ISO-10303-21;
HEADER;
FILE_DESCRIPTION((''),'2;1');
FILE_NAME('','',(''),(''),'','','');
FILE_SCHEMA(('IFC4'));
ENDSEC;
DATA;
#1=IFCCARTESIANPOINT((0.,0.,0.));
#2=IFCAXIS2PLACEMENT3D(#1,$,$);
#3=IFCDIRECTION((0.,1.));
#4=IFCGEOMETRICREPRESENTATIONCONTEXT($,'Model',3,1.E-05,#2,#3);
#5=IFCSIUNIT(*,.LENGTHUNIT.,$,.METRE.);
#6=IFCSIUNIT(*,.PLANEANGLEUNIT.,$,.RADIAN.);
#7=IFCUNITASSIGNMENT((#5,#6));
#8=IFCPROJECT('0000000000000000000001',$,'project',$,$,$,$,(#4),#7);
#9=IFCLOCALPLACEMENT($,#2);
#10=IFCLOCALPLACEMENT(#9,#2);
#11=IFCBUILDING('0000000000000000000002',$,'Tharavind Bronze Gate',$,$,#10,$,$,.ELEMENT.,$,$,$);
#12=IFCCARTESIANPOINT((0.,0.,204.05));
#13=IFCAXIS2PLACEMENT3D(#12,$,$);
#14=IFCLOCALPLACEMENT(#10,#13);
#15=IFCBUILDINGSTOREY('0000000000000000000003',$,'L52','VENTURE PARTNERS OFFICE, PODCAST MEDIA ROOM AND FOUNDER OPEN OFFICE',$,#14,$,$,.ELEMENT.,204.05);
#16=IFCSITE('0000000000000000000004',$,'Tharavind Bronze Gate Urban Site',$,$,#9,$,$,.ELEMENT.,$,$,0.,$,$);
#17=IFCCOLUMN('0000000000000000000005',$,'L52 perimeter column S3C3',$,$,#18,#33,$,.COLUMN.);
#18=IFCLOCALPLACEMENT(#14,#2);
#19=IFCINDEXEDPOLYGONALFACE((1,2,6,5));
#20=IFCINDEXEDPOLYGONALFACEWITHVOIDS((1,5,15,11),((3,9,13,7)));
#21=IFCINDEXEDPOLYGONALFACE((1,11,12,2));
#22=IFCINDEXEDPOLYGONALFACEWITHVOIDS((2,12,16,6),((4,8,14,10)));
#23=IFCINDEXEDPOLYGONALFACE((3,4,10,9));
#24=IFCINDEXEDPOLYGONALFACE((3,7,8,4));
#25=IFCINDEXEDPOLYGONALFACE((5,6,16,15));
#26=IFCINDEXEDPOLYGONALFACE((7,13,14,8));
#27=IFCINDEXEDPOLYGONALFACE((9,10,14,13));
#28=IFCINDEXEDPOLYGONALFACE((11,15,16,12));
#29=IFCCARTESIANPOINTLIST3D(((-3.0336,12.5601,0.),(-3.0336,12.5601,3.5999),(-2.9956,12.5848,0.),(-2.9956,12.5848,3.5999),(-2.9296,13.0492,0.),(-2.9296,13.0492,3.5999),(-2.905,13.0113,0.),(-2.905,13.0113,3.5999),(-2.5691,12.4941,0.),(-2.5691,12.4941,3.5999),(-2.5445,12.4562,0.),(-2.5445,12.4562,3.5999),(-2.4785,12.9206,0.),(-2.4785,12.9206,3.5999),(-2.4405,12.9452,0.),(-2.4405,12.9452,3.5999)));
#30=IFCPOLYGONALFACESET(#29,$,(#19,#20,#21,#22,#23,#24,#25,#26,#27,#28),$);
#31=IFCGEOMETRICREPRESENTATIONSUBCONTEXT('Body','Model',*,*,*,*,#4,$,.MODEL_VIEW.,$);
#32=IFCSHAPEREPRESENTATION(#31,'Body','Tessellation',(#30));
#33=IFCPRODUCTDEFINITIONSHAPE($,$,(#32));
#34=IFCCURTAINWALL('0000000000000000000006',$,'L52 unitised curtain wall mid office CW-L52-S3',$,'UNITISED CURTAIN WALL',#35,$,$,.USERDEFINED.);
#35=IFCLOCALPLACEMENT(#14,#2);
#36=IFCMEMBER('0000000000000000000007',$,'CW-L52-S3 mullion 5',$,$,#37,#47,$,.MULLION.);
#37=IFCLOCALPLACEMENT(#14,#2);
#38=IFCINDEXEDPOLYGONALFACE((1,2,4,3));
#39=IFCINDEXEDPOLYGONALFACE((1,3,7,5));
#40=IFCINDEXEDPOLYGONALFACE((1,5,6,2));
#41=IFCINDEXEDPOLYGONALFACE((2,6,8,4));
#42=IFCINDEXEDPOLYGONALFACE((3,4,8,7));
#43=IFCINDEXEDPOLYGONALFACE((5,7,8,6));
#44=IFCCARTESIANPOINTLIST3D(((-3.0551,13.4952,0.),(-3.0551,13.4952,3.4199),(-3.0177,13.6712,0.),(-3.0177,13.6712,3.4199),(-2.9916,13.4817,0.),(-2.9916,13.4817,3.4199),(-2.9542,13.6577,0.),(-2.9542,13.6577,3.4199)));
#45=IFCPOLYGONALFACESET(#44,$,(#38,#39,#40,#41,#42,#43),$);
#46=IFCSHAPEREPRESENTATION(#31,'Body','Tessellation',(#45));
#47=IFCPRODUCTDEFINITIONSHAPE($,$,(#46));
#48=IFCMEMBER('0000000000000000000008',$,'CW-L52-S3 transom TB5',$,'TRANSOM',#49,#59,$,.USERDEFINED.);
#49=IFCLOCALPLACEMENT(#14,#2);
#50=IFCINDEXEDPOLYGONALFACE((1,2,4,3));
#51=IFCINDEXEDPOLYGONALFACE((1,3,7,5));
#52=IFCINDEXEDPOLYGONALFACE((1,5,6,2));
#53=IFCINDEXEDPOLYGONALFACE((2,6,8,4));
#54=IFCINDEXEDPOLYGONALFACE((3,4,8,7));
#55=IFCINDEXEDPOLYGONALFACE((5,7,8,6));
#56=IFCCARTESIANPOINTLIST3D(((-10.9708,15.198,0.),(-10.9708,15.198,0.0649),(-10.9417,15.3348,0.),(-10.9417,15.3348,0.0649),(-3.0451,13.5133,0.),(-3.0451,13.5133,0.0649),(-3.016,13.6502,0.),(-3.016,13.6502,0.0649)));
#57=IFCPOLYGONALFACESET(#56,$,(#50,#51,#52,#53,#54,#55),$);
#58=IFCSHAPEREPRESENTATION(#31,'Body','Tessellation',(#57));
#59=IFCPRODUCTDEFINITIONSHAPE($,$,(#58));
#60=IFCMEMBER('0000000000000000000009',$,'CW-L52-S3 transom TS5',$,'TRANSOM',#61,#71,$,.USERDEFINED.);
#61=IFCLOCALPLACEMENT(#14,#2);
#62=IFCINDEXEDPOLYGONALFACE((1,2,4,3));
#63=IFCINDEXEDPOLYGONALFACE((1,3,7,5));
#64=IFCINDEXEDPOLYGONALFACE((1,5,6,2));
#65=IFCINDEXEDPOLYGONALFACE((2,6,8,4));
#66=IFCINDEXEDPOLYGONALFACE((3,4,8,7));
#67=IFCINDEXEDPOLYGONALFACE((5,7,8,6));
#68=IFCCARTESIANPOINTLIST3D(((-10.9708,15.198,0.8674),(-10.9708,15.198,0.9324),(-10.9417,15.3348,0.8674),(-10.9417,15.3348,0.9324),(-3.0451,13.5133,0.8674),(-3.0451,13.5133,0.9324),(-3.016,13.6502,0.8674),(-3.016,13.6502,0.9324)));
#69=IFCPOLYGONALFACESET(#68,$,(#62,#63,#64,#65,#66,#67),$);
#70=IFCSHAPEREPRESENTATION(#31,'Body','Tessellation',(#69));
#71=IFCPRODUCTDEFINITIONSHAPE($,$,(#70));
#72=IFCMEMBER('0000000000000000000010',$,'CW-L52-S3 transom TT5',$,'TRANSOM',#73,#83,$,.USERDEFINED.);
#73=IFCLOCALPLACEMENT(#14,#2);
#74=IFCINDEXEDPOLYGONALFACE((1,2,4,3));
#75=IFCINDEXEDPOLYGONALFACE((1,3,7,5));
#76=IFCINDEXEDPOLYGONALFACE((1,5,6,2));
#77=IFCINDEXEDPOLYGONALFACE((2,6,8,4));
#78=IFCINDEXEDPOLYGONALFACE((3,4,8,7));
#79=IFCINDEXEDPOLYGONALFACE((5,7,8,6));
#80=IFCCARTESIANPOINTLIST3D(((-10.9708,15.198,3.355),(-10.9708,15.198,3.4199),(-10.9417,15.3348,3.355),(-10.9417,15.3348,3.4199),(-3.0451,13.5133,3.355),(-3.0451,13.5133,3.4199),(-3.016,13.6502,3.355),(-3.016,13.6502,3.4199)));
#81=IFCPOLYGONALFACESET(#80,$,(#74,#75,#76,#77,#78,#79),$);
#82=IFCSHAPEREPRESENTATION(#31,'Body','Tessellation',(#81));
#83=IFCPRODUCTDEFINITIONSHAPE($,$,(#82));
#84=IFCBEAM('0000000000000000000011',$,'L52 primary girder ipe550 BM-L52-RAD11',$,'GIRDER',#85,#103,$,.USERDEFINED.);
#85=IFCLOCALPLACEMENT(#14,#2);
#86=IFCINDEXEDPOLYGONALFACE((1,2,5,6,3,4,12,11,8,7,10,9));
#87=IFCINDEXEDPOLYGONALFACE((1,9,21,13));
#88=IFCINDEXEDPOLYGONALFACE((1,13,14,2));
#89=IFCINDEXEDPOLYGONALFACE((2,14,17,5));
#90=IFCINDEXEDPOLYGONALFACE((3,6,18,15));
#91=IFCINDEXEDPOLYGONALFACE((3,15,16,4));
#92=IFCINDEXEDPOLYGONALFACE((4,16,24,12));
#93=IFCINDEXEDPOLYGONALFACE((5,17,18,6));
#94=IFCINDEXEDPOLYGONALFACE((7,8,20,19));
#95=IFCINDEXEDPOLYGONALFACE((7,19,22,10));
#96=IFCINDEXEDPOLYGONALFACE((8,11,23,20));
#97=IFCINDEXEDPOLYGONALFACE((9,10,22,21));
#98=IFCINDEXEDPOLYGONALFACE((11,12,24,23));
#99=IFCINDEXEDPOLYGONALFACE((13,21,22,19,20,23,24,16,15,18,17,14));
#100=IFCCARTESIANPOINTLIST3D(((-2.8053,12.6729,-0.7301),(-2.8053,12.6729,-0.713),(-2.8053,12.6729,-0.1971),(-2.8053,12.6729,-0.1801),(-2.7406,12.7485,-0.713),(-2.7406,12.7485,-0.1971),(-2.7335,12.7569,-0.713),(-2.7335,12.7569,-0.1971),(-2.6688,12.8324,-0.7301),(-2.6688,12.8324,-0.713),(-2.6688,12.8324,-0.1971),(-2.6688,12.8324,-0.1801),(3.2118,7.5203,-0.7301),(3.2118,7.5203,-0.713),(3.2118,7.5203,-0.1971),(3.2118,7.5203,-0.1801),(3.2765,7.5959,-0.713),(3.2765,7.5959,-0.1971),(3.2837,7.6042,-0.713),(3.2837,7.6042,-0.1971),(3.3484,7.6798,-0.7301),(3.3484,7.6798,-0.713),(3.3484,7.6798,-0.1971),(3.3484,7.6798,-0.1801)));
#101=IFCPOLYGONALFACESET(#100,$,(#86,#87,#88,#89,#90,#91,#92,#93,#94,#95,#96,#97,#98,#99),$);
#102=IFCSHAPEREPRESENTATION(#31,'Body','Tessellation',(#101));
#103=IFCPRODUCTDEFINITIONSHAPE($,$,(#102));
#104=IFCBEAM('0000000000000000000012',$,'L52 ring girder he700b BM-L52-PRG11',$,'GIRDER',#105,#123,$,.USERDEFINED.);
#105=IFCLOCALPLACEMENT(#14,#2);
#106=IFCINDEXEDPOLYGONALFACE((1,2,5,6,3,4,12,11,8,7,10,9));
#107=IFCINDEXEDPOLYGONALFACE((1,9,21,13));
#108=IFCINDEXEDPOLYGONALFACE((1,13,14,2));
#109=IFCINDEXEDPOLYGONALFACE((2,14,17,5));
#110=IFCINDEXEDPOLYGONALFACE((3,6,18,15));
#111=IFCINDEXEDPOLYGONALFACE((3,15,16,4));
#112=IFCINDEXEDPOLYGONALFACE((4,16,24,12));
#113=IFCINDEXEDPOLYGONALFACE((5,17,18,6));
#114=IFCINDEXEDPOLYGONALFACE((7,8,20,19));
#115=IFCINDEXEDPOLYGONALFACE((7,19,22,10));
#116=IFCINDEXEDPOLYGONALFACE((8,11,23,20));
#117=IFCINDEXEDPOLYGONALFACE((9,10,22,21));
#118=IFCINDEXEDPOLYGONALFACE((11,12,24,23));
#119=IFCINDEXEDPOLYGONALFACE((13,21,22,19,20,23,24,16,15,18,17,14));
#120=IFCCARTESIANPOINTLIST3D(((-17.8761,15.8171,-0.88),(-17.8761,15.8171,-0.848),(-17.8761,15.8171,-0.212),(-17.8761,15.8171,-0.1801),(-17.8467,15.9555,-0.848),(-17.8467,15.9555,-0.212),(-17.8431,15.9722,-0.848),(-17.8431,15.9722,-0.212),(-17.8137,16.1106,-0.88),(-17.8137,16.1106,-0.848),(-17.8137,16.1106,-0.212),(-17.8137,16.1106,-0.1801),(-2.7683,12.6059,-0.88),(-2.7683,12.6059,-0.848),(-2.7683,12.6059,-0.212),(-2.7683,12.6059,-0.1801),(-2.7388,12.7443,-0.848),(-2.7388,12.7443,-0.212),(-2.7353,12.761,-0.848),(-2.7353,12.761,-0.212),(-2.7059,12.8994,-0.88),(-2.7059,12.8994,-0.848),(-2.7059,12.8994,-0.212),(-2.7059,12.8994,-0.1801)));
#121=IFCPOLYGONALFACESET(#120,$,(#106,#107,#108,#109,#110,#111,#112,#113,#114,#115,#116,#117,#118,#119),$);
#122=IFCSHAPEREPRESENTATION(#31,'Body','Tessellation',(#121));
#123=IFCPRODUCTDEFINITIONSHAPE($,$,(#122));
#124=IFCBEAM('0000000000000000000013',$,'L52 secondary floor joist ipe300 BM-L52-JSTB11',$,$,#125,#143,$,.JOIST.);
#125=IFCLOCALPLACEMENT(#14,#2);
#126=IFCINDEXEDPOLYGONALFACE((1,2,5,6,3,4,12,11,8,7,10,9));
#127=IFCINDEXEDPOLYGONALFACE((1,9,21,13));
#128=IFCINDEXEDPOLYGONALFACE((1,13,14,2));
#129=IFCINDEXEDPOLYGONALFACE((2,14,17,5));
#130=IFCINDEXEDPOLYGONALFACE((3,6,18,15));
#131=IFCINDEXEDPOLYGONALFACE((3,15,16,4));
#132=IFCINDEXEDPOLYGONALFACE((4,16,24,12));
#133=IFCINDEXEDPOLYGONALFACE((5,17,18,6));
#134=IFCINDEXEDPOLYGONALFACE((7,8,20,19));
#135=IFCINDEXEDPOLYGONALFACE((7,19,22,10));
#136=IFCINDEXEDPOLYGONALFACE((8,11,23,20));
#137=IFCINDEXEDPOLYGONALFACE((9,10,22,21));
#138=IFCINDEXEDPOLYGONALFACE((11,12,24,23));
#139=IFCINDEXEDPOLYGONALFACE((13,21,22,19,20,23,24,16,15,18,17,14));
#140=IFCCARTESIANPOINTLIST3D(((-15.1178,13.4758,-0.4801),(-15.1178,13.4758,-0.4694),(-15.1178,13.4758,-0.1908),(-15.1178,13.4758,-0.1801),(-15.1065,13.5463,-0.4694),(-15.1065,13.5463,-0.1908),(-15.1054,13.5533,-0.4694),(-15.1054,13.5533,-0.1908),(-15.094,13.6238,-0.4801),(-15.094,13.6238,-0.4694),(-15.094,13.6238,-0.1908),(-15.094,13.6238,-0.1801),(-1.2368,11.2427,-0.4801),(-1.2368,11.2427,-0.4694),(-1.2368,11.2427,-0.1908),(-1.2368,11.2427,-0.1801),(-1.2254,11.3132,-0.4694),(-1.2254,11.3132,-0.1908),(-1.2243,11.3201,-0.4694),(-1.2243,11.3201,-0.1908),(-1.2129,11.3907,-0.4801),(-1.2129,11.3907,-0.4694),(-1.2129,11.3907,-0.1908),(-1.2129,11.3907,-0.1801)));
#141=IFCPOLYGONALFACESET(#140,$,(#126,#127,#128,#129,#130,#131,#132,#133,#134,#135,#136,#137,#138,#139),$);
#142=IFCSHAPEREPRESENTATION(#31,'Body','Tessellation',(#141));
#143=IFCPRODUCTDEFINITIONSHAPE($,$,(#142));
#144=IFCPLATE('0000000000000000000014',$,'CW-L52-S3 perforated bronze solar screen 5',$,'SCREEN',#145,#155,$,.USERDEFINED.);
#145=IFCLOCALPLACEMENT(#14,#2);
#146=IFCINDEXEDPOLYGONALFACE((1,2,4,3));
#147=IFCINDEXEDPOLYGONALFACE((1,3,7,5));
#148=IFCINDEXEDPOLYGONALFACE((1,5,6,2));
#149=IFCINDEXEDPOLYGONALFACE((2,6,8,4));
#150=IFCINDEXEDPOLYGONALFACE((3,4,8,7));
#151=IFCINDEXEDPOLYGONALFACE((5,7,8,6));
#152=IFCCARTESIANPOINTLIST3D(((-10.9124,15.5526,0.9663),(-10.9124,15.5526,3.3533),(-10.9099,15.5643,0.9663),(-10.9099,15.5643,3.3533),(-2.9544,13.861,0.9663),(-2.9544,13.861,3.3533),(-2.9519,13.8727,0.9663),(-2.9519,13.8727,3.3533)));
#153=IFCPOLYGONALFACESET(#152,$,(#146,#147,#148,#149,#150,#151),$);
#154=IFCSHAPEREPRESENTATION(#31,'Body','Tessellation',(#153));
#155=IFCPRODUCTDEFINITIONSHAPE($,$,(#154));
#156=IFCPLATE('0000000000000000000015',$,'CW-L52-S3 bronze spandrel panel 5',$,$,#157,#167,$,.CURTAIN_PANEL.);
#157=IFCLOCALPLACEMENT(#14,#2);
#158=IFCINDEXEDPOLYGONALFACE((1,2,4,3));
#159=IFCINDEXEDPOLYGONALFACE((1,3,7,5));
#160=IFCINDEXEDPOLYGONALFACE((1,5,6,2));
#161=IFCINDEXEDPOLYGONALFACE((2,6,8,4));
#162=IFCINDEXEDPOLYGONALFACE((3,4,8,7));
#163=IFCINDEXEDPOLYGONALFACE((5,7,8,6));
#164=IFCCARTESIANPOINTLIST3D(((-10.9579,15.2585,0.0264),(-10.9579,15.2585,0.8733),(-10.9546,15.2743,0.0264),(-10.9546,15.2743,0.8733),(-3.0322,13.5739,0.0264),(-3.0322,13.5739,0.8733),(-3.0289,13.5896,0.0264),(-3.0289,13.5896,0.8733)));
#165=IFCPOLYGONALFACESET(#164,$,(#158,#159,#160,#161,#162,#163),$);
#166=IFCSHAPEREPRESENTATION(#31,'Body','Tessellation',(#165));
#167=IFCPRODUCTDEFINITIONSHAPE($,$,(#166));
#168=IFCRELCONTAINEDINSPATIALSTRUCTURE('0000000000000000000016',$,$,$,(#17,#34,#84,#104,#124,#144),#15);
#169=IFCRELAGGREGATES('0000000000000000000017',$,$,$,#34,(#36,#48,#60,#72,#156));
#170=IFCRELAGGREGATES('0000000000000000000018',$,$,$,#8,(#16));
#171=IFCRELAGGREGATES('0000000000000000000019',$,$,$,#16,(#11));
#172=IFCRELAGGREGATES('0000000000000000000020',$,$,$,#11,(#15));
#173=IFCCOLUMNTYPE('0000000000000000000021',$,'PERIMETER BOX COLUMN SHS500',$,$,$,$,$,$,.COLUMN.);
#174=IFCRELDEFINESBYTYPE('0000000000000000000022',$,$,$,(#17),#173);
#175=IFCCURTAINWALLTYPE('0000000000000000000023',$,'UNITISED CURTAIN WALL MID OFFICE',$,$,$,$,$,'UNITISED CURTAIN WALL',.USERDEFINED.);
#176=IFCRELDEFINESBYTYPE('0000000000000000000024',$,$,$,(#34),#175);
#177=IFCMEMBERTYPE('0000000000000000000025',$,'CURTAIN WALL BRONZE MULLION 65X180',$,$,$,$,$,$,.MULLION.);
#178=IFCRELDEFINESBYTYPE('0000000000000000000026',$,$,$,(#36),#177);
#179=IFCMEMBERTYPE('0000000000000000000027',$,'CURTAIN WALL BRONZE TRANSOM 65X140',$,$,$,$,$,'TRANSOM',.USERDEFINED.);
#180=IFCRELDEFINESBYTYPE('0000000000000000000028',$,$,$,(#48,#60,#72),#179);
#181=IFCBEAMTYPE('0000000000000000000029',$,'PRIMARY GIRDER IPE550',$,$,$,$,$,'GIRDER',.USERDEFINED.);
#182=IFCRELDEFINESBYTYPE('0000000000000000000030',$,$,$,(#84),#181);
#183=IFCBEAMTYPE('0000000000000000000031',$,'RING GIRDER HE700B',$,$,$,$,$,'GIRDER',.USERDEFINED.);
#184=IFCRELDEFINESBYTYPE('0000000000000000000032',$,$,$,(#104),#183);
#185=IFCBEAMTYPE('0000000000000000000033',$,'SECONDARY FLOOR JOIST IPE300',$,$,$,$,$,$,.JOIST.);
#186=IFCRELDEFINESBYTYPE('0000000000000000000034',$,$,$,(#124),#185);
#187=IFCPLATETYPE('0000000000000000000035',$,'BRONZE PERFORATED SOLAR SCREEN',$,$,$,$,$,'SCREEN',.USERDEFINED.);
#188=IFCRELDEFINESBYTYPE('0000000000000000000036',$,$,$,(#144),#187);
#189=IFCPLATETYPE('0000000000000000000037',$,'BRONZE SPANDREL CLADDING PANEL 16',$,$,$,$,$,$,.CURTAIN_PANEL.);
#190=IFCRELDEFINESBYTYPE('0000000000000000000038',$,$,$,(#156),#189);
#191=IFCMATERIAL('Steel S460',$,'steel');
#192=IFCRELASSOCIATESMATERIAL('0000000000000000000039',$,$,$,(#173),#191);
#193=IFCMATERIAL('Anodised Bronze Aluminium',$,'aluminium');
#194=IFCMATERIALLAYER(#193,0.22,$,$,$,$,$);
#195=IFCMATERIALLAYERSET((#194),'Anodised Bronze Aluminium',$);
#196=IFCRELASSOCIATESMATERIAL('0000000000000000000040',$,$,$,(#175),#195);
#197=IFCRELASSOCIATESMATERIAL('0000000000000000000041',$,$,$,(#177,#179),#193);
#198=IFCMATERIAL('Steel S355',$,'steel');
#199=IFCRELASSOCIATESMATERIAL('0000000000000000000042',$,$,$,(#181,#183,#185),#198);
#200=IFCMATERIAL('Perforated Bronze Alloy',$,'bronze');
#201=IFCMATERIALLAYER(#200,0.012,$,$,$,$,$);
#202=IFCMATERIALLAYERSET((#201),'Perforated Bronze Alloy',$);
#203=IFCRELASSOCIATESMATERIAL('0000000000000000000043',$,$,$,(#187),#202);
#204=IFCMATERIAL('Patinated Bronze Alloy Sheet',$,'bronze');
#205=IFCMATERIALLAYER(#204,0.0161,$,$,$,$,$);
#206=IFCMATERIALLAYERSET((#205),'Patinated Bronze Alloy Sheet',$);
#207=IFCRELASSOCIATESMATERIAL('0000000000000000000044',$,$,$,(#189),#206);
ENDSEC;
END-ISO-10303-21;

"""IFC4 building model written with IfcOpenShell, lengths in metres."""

from ifc_helpers import new_model, si_unit, direction, frame, origin, origin_2d, place, context, subcontext, project, spatial, rectangle, hollow_rectangle, i_section, extrude, material, layer, layer_set, material_profile, profile_set, type_object, element, aggregate, save


model = new_model("IFC4")

# Units and contexts
model_context = context("Model", 3, precision=1e-05, world=origin(), true_north=direction((0.0, 1.0)))
body_context = subcontext(model_context, "Body", "Model", "MODEL_VIEW")
ifc_project = project(units=[si_unit("LENGTHUNIT", "METRE"), si_unit("PLANEANGLEUNIT", "RADIAN")], contexts=[model_context])

# Site, building, storey
site_placement = place(None, origin())
site = spatial("IfcSite", under=ifc_project, at=site_placement, Name="Tharavind Bronze Gate Urban Site", CompositionType="ELEMENT", RefElevation=0.0)
building_placement = place(site_placement, origin())
building = spatial("IfcBuilding", under=site, at=building_placement, Name="Tharavind Bronze Gate", CompositionType="ELEMENT")
storey_placement = place(building_placement, frame((0.0, 0.0, 204.05)))
storey = spatial("IfcBuildingStorey", under=building, at=storey_placement, Name="L52", Description="VENTURE PARTNERS OFFICE, PODCAST MEDIA ROOM AND FOUNDER OPEN OFFICE", CompositionType="ELEMENT", Elevation=204.05)

# Column
ifc_material_1 = material(Name="Steel S460", Category="steel")
ifc_material_profile_1 = material_profile(ifc_material_1, hollow_rectangle(XDim=0.5, YDim=0.5, WallThickness=0.032, at=origin_2d()), Name="SHS500X32")
ifc_profile_set_1 = profile_set([ifc_material_profile_1], Name="Steel S460")
column_type = type_object("IfcColumnType", Name="PERIMETER BOX COLUMN SHS500", PredefinedType="COLUMN", material=ifc_profile_set_1)
column_placement = place(storey_placement, frame((-2.7371, 12.7527, 0.0), z_axis=(0.0, 0.0, 1.0), x_axis=(-0.978148, 0.207912, 0.0)))
element("IfcColumn", 1, at=column_placement, inside=storey, type_object=column_type, Name="L52 perimeter column S3C3", PredefinedType="COLUMN", context=body_context, shape_type="SweptSolid", body=[
    extrude(hollow_rectangle(XDim=0.5, YDim=0.5, WallThickness=0.032, at=origin_2d()), origin(), (0.0, 0.0, 1.0), 3.5999),
])

# Curtain wall, members
ifc_material_2 = material(Name="Anodised Bronze Aluminium", Category="aluminium")
ifc_layer_1 = layer(ifc_material_2, 0.22)
ifc_layer_set_1 = layer_set([ifc_layer_1], Name="Anodised Bronze Aluminium")
curtain_wall_type = type_object("IfcCurtainWallType", Name="UNITISED CURTAIN WALL MID OFFICE", ElementType="UNITISED CURTAIN WALL", PredefinedType="USERDEFINED", material=ifc_layer_set_1)
curtain_wall_placement = place(storey_placement, origin())
curtain_wall = element("IfcCurtainWall", 2, at=curtain_wall_placement, inside=storey, type_object=curtain_wall_type, Name="L52 unitised curtain wall mid office CW-L52-S3", ObjectType="UNITISED CURTAIN WALL", PredefinedType="USERDEFINED")
member_type_1 = type_object("IfcMemberType", Name="CURTAIN WALL BRONZE MULLION 65X180", PredefinedType="MULLION", material=ifc_material_2)
member_1_placement = place(storey_placement, frame((-3.0046, 13.5764, 0.0), z_axis=(0.0, 0.0, 1.0), x_axis=(-0.978148, 0.207912, 0.0)))
member_1 = element("IfcMember", 3, at=member_1_placement, type_object=member_type_1, Name="CW-L52-S3 mullion 5", PredefinedType="MULLION", context=body_context, shape_type="SweptSolid", body=[
    extrude(rectangle(XDim=0.0649, YDim=0.1799, at=origin_2d()), origin(), (0.0, 0.0, 1.0), 3.4199),
])
member_type_2 = type_object("IfcMemberType", Name="CURTAIN WALL BRONZE TRANSOM 65X140", ElementType="TRANSOM", PredefinedType="USERDEFINED", material=ifc_material_2)
member_2_placement = place(storey_placement, frame((-6.9934, 14.4241, 0.0), z_axis=(0.0, 0.0, 1.0), x_axis=(-0.978148, 0.207912, 0.0)))
member_2 = element("IfcMember", 4, at=member_2_placement, type_object=member_type_2, Name="CW-L52-S3 transom TB5", ObjectType="TRANSOM", PredefinedType="USERDEFINED", context=body_context, shape_type="SweptSolid", body=[
    extrude(rectangle(XDim=8.1028, YDim=0.1399, at=origin_2d()), origin(), (0.0, 0.0, 1.0), 0.0649),
])
member_3_placement = place(storey_placement, frame((-6.9934, 14.4241, 0.8674), z_axis=(0.0, 0.0, 1.0), x_axis=(-0.978148, 0.207912, 0.0)))
member_3 = element("IfcMember", 5, at=member_3_placement, type_object=member_type_2, Name="CW-L52-S3 transom TS5", ObjectType="TRANSOM", PredefinedType="USERDEFINED", context=body_context, shape_type="SweptSolid", body=[
    extrude(rectangle(XDim=8.1028, YDim=0.1399, at=origin_2d()), origin(), (0.0, 0.0, 1.0), 0.0649),
])
member_4_placement = place(storey_placement, frame((-6.9934, 14.4241, 3.355), z_axis=(0.0, 0.0, 1.0), x_axis=(-0.978148, 0.207912, 0.0)))
member_4 = element("IfcMember", 6, at=member_4_placement, type_object=member_type_2, Name="CW-L52-S3 transom TT5", ObjectType="TRANSOM", PredefinedType="USERDEFINED", context=body_context, shape_type="SweptSolid", body=[
    extrude(rectangle(XDim=8.1028, YDim=0.1399, at=origin_2d()), origin(), (0.0, 0.0, 1.0), 0.0649),
])

# Beams
ifc_material_3 = material(Name="Steel S355", Category="steel")
ifc_material_profile_2 = material_profile(ifc_material_3, i_section(OverallWidth=0.21, OverallDepth=0.55, WebThickness=0.011, FlangeThickness=0.0171, at=origin_2d()), Name="IPE550")
ifc_profile_set_2 = profile_set([ifc_material_profile_2], Name="Steel S355")
beam_type_1 = type_object("IfcBeamType", Name="PRIMARY GIRDER IPE550", ElementType="GIRDER", PredefinedType="USERDEFINED", material=ifc_profile_set_2)
beam_1_placement = place(storey_placement, frame((-2.7371, 12.7527, -0.4551), z_axis=(0.759563, -0.650433, 0.0), x_axis=(0.650433, 0.759563, 0.0)))
element("IfcBeam", 7, at=beam_1_placement, inside=storey, type_object=beam_type_1, Name="L52 primary girder ipe550 BM-L52-RAD11", ObjectType="GIRDER", PredefinedType="USERDEFINED", context=body_context, shape_type="SweptSolid", body=[
    extrude(i_section(OverallWidth=0.21, OverallDepth=0.55, WebThickness=0.011, FlangeThickness=0.0171, at=origin_2d()), origin(), (0.0, 0.0, 1.0), 7.9219),
])
ifc_material_profile_3 = material_profile(ifc_material_3, i_section(OverallWidth=0.3, OverallDepth=0.7, WebThickness=0.0171, FlangeThickness=0.032, at=origin_2d()), Name="HE700B")
ifc_profile_set_3 = profile_set([ifc_material_profile_3], Name="Steel S355")
beam_type_2 = type_object("IfcBeamType", Name="RING GIRDER HE700B", ElementType="GIRDER", PredefinedType="USERDEFINED", material=ifc_profile_set_3)
beam_2_placement = place(storey_placement, frame((-2.7371, 12.7527, -0.53), z_axis=(-0.978149, 0.207905, 0.0), x_axis=(-0.207905, -0.978149, 0.0)))
element("IfcBeam", 8, at=beam_2_placement, inside=storey, type_object=beam_type_2, Name="L52 ring girder he700b BM-L52-PRG11", ObjectType="GIRDER", PredefinedType="USERDEFINED", context=body_context, shape_type="SweptSolid", body=[
    extrude(i_section(OverallWidth=0.3, OverallDepth=0.7, WebThickness=0.0171, FlangeThickness=0.032, at=origin_2d()), origin(), (0.0, 0.0, 1.0), 15.4453),
])
ifc_material_profile_4 = material_profile(ifc_material_3, i_section(OverallWidth=0.1499, OverallDepth=0.3, WebThickness=0.0071, FlangeThickness=0.0107, at=origin_2d()), Name="IPE300")
ifc_profile_set_4 = profile_set([ifc_material_profile_4], Name="Steel S355")
beam_type_3 = type_object("IfcBeamType", Name="SECONDARY FLOOR JOIST IPE300", PredefinedType="JOIST", material=ifc_profile_set_4)
beam_3_placement = place(storey_placement, frame((-1.2249, 11.3167, -0.3301), z_axis=(-0.987305, 0.158835, 0.0), x_axis=(-0.158835, -0.987305, 0.0)))
element("IfcBeam", 9, at=beam_3_placement, inside=storey, type_object=beam_type_3, Name="L52 secondary floor joist ipe300 BM-L52-JSTB11", PredefinedType="JOIST", context=body_context, shape_type="SweptSolid", body=[
    extrude(i_section(OverallWidth=0.1499, OverallDepth=0.3, WebThickness=0.0071, FlangeThickness=0.0107, at=origin_2d()), origin(), (0.0, 0.0, 1.0), 14.0596),
])

# Plates
ifc_material_4 = material(Name="Perforated Bronze Alloy", Category="bronze")
ifc_layer_2 = layer(ifc_material_4, 0.012)
ifc_layer_set_2 = layer_set([ifc_layer_2], Name="Perforated Bronze Alloy")
plate_type_1 = type_object("IfcPlateType", Name="BRONZE PERFORATED SOLAR SCREEN", ElementType="SCREEN", PredefinedType="USERDEFINED", material=ifc_layer_set_2)
plate_1_placement = place(storey_placement, frame((-6.9321, 14.7126, 0.9663), z_axis=(0.0, 0.0, 1.0), x_axis=(-0.978148, 0.207912, 0.0)))
element("IfcPlate", 10, at=plate_1_placement, inside=storey, type_object=plate_type_1, Name="CW-L52-S3 perforated bronze solar screen 5", ObjectType="SCREEN", PredefinedType="USERDEFINED", context=body_context, shape_type="SweptSolid", body=[
    extrude(rectangle(XDim=8.1357, YDim=0.012, at=origin_2d()), origin(), (0.0, 0.0, 1.0), 2.387),
])
ifc_material_5 = material(Name="Patinated Bronze Alloy Sheet", Category="bronze")
ifc_layer_3 = layer(ifc_material_5, 0.0161)
ifc_layer_set_3 = layer_set([ifc_layer_3], Name="Patinated Bronze Alloy Sheet")
plate_type_2 = type_object("IfcPlateType", Name="BRONZE SPANDREL CLADDING PANEL 16", PredefinedType="CURTAIN_PANEL", material=ifc_layer_set_3)
plate_2_placement = place(storey_placement, frame((-6.9934, 14.4241, 0.0264), z_axis=(0.0, 0.0, 1.0), x_axis=(-0.978148, 0.207912, 0.0)))
plate_2 = element("IfcPlate", 11, at=plate_2_placement, type_object=plate_type_2, Name="CW-L52-S3 bronze spandrel panel 5", PredefinedType="CURTAIN_PANEL", context=body_context, shape_type="SweptSolid", body=[
    extrude(rectangle(XDim=8.1028, YDim=0.0161, at=origin_2d()), origin(), (0.0, 0.0, 1.0), 0.8469),
])
aggregate(curtain_wall, [member_1, member_2, member_3, member_4, plate_2])

save(model, "model.ifc")
